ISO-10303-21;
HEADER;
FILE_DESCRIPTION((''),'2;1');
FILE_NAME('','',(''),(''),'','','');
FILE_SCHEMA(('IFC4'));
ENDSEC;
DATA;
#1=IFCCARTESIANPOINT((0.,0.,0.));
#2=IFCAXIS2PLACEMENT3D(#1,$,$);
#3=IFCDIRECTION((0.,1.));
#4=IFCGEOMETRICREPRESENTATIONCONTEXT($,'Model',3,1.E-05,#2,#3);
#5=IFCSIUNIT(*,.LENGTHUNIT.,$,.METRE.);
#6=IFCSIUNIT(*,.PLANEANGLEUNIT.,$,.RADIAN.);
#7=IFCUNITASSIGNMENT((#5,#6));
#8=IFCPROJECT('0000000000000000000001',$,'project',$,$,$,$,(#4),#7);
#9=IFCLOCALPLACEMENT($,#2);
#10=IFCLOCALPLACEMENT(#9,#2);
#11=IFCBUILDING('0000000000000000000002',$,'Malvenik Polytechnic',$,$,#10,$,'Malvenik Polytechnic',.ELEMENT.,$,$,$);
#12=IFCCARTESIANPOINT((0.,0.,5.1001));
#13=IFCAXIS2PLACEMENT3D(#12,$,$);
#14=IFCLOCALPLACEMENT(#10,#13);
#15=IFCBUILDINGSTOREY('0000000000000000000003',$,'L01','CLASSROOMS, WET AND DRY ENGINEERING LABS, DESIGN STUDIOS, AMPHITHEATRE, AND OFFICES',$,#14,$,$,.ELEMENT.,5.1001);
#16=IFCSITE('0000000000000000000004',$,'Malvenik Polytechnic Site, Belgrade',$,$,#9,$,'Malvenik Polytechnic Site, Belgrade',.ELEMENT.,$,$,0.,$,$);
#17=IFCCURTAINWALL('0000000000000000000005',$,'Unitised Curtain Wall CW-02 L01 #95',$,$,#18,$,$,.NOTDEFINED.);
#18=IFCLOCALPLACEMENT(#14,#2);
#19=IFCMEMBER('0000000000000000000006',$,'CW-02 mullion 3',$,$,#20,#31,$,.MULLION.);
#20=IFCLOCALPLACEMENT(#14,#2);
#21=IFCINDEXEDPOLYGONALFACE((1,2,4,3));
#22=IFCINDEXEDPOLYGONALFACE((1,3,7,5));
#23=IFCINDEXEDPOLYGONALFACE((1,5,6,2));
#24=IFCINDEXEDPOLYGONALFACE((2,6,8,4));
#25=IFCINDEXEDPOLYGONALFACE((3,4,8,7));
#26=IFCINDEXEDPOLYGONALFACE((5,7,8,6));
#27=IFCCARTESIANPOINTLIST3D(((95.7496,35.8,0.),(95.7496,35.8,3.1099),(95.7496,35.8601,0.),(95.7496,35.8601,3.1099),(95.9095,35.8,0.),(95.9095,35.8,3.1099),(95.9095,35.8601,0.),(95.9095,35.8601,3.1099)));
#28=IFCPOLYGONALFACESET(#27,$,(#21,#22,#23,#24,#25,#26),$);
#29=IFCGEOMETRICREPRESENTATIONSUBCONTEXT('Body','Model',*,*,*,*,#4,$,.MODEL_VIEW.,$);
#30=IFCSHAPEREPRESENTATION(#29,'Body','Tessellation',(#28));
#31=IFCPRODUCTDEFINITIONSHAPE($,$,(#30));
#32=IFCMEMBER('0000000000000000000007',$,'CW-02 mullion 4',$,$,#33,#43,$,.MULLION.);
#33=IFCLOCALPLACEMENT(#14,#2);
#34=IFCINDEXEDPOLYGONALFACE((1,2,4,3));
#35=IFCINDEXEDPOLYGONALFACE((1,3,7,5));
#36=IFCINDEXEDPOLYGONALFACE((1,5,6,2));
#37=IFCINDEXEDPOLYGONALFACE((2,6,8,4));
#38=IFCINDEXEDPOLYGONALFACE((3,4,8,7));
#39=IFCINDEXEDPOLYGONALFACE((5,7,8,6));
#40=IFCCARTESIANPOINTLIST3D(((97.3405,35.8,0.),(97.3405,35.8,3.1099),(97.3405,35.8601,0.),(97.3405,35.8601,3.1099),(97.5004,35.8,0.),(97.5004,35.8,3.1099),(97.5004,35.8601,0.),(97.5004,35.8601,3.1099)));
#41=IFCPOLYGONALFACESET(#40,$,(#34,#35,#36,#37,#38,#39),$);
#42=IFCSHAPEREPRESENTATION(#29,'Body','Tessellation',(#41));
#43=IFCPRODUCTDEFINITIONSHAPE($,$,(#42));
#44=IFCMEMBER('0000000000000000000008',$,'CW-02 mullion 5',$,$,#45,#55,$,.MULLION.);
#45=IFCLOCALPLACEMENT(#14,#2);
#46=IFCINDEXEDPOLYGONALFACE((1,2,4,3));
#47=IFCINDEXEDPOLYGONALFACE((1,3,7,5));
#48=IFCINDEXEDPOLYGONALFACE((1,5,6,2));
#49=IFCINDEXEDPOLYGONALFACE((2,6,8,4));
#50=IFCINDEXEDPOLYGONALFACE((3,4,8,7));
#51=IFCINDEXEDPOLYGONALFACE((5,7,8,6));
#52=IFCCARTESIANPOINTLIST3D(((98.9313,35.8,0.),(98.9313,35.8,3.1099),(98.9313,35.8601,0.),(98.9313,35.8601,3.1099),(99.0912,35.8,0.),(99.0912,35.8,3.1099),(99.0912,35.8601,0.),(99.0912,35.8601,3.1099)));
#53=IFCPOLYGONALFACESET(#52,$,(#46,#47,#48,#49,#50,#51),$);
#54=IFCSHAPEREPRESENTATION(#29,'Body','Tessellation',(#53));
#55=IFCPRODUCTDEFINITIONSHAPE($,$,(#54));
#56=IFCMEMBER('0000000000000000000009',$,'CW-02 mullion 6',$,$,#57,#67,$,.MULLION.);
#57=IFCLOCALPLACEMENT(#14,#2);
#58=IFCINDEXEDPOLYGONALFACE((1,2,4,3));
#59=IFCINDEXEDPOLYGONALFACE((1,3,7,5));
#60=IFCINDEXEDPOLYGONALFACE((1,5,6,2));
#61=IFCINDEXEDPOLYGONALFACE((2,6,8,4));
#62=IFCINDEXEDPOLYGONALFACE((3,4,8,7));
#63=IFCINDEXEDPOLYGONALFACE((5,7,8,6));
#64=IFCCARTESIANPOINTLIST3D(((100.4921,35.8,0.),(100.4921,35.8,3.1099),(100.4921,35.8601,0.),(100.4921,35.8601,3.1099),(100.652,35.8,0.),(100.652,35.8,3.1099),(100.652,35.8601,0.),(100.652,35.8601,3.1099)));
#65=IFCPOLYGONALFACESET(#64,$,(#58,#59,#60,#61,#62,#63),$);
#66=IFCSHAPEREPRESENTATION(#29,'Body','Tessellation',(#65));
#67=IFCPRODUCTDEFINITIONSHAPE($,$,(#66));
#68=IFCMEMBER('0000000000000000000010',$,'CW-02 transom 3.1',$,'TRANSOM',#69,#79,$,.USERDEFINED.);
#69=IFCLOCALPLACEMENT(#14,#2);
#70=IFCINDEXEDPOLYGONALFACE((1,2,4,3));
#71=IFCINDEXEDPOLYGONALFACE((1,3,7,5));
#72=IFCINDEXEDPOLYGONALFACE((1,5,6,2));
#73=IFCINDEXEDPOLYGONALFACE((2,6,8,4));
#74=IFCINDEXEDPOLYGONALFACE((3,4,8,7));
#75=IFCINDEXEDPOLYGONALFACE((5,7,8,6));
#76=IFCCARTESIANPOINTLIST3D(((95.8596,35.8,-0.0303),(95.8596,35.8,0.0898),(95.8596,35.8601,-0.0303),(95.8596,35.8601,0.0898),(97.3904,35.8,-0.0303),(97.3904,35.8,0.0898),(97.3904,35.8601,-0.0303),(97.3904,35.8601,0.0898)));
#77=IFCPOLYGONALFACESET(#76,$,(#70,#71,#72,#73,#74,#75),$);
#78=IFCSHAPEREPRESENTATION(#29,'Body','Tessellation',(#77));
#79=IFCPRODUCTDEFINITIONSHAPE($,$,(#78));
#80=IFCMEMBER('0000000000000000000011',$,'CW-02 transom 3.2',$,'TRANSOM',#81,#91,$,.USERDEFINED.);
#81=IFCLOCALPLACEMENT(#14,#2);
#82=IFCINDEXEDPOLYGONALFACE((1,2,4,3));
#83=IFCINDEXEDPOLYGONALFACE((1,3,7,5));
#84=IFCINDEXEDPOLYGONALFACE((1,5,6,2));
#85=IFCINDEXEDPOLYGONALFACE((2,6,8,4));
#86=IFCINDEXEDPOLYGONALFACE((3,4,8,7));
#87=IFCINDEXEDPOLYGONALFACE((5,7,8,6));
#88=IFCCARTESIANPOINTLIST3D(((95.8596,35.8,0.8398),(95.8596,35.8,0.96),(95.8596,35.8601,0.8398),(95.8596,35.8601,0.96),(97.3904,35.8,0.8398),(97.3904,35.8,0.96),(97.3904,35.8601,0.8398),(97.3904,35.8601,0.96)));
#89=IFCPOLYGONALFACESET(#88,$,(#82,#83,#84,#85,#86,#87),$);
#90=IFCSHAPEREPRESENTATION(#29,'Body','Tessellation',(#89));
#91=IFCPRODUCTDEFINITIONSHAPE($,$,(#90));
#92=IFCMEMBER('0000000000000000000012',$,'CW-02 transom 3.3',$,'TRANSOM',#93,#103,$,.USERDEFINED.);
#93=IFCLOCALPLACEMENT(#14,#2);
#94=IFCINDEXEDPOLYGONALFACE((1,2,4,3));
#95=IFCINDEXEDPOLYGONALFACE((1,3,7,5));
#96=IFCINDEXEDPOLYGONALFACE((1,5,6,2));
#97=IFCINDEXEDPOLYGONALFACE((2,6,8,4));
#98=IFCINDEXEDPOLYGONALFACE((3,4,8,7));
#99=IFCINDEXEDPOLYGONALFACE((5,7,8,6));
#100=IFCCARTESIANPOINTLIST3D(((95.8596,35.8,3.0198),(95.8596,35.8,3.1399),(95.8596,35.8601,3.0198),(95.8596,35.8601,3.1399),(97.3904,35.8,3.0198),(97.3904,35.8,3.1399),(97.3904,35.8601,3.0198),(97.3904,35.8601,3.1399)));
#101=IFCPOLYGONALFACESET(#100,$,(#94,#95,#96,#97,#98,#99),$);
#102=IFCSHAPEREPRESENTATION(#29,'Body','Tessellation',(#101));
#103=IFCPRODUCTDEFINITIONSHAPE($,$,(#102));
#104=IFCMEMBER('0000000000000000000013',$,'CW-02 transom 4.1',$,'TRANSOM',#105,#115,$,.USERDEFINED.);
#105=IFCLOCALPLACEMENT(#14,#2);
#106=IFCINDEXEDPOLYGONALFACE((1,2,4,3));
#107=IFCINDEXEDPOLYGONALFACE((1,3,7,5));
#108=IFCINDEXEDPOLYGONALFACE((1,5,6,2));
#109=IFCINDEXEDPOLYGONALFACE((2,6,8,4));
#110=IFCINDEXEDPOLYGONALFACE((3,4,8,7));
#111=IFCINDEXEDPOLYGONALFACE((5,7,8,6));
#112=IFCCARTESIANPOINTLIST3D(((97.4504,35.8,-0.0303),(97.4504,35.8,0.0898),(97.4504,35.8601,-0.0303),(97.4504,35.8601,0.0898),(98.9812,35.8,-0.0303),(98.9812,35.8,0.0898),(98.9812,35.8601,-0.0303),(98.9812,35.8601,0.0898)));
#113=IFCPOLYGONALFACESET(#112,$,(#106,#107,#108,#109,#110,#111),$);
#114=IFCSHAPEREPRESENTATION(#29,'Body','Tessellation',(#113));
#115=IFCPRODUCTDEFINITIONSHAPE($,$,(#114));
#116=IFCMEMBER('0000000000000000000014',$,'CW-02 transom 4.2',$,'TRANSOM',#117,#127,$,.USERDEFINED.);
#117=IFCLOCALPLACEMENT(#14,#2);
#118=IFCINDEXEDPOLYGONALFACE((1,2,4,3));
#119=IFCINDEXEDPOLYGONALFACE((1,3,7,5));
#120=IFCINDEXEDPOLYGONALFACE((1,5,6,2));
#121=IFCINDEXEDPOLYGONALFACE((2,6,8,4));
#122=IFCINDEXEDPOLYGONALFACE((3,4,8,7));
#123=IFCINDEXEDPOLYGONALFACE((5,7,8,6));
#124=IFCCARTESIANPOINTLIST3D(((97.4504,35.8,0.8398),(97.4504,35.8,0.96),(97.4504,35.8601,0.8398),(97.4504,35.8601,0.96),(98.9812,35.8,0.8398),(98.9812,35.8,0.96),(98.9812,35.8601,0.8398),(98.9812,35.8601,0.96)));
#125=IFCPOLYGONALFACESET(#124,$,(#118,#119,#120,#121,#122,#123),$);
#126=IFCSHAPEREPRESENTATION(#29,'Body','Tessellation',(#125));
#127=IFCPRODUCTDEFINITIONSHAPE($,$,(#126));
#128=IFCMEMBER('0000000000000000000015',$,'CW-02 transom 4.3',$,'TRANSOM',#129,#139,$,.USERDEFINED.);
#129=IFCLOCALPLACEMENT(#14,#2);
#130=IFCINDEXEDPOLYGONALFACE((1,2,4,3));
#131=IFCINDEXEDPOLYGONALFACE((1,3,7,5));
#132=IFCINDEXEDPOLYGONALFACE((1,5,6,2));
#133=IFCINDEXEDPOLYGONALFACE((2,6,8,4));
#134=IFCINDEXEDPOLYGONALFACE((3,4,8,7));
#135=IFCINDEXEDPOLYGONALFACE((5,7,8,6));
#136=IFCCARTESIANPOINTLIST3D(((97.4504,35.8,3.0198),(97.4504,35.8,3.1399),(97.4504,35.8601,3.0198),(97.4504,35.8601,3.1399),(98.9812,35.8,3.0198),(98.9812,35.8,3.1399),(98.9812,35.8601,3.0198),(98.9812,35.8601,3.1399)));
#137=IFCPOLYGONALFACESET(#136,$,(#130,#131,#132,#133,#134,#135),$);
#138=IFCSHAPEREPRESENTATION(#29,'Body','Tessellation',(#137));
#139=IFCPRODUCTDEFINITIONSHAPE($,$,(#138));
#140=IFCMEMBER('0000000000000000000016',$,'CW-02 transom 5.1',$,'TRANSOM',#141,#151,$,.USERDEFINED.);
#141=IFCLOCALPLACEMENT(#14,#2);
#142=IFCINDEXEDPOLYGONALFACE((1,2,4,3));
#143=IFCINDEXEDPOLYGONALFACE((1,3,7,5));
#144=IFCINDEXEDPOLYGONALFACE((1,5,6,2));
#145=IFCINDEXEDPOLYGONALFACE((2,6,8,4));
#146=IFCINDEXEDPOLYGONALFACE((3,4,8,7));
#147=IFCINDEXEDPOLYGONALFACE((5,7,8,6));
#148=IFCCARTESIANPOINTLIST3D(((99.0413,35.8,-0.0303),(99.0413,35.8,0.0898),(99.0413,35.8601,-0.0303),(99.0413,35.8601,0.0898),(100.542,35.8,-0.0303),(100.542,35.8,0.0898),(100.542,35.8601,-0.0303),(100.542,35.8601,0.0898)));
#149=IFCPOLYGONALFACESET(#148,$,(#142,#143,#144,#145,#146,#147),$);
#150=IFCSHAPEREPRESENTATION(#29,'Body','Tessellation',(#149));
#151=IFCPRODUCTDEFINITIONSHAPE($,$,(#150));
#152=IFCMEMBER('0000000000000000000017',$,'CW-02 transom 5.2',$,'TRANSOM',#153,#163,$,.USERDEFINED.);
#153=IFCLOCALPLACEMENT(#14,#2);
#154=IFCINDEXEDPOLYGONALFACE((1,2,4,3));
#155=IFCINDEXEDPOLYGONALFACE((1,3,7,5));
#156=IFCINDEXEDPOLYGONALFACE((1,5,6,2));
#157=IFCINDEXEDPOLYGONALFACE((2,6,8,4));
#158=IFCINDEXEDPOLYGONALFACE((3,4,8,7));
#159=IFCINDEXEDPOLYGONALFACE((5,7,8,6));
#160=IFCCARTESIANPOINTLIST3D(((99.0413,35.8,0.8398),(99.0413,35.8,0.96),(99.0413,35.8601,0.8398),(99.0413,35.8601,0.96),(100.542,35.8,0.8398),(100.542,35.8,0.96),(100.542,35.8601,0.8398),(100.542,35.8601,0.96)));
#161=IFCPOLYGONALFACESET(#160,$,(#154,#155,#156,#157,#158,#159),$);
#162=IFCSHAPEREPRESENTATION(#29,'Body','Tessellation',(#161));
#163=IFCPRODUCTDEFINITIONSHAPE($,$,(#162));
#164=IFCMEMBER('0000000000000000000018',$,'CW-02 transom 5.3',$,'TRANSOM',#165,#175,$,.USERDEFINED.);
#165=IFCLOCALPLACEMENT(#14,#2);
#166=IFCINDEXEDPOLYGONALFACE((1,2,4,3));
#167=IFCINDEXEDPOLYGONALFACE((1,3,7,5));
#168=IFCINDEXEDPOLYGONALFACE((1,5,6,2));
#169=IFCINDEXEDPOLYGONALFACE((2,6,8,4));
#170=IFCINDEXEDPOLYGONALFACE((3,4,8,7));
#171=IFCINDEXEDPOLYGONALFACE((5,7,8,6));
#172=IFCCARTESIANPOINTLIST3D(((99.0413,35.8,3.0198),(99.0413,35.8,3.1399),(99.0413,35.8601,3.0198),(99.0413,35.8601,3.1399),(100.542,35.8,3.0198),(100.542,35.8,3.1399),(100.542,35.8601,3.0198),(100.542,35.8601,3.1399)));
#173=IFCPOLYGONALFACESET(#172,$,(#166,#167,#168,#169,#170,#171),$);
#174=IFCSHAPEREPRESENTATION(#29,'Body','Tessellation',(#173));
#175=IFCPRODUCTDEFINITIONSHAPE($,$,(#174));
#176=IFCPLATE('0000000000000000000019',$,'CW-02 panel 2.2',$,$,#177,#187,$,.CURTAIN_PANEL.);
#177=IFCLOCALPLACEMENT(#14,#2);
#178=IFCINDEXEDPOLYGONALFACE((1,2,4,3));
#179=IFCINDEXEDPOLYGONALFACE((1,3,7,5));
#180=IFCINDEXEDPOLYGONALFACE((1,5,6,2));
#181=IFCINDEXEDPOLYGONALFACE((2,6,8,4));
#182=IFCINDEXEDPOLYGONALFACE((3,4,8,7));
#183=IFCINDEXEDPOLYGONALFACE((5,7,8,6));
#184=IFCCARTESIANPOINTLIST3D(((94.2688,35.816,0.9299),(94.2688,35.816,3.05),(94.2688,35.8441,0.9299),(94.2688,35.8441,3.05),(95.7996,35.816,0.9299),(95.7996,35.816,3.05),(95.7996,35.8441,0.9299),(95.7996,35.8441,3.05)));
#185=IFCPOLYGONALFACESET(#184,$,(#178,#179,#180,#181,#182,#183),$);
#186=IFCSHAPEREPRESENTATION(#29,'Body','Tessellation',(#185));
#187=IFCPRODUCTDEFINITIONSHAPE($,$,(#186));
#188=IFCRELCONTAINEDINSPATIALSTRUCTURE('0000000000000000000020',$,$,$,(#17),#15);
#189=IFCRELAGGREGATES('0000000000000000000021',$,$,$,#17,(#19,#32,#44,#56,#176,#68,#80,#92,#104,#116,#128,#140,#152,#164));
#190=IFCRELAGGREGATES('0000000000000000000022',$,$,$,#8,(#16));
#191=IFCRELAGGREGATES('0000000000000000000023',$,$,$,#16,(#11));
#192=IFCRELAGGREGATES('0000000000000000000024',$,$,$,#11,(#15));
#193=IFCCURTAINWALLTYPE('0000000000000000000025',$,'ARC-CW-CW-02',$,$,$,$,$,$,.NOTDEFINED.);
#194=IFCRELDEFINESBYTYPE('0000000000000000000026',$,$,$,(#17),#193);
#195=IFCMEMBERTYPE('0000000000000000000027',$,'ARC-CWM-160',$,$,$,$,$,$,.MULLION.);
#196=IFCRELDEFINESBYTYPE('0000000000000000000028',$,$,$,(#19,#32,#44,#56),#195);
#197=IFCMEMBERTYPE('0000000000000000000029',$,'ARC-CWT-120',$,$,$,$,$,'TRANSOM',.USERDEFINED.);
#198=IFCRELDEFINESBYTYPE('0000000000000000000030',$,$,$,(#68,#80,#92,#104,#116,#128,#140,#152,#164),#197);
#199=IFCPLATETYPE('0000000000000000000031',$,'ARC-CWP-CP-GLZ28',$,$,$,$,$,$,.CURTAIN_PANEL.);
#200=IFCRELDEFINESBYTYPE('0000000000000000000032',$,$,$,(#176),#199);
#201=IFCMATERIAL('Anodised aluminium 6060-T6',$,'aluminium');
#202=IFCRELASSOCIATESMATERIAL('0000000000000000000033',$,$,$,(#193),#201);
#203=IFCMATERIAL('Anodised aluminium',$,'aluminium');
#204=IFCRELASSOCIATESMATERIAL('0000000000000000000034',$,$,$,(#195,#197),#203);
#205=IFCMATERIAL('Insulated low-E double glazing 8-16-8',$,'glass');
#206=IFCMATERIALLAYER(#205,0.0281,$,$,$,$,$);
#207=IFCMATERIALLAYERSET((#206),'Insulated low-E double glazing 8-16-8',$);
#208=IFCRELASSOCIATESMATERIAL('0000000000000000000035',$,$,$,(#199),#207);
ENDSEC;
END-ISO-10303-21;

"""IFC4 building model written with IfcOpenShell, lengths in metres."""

from ifc_helpers import new_model, si_unit, direction, frame, origin, origin_2d, place, context, subcontext, project, spatial, rectangle, extrude, material, layer, layer_set, material_profile, profile_set, type_object, element, aggregate, save


model = new_model("IFC4")

# Units and contexts
model_context = context("Model", 3, precision=1e-05, world=origin(), true_north=direction((0.0, 1.0)))
body_context = subcontext(model_context, "Body", "Model", "MODEL_VIEW")
ifc_project = project(units=[si_unit("LENGTHUNIT", "METRE"), si_unit("PLANEANGLEUNIT", "RADIAN")], contexts=[model_context])

# Site, building, storey
site_placement = place(None, origin())
site = spatial("IfcSite", under=ifc_project, at=site_placement, Name="Malvenik Polytechnic Site, Belgrade", LongName="Malvenik Polytechnic Site, Belgrade", CompositionType="ELEMENT", RefElevation=0.0)
building_placement = place(site_placement, origin())
building = spatial("IfcBuilding", under=site, at=building_placement, Name="Malvenik Polytechnic", LongName="Malvenik Polytechnic", CompositionType="ELEMENT")
storey_placement = place(building_placement, frame((0.0, 0.0, 5.1001)))
storey = spatial("IfcBuildingStorey", under=building, at=storey_placement, Name="L01", Description="CLASSROOMS, WET AND DRY ENGINEERING LABS, DESIGN STUDIOS, AMPHITHEATRE, AND OFFICES", CompositionType="ELEMENT", Elevation=5.1001)

# Curtain wall, members, plate
ifc_material_1 = material(Name="Anodised aluminium 6060-T6", Category="aluminium")
curtain_wall_type = type_object("IfcCurtainWallType", Name="ARC-CW-CW-02", PredefinedType="NOTDEFINED", material=ifc_material_1)
curtain_wall_placement = place(storey_placement, origin())
curtain_wall = element("IfcCurtainWall", 1, at=curtain_wall_placement, inside=storey, type_object=curtain_wall_type, Name="Unitised Curtain Wall CW-02 L01 #95", PredefinedType="NOTDEFINED")
ifc_material_2 = material(Name="Anodised aluminium", Category="aluminium")
ifc_material_profile_1 = material_profile(ifc_material_2, rectangle(XDim=0.0601, YDim=0.1599, at=origin_2d()), Name="ALU MULLION 60x160")
ifc_profile_set_1 = profile_set([ifc_material_profile_1], Name="Anodised aluminium")
member_type_1 = type_object("IfcMemberType", Name="ARC-CWM-160", PredefinedType="MULLION", material=ifc_profile_set_1)
member_1_placement = place(storey_placement, frame((95.8296, 35.8301, 0.0), z_axis=(0.0, 0.0, 1.0), x_axis=(0.0, 1.0, 0.0)))
member_1 = element("IfcMember", 2, at=member_1_placement, type_object=member_type_1, Name="CW-02 mullion 3", PredefinedType="MULLION", context=body_context, shape_type="SweptSolid", body=[
    extrude(rectangle(XDim=0.0601, YDim=0.1599, at=origin_2d()), origin(), (0.0, 0.0, 1.0), 3.1099),
])
member_2_placement = place(storey_placement, frame((97.4204, 35.8301, 0.0), z_axis=(0.0, 0.0, 1.0), x_axis=(0.0, 1.0, 0.0)))
member_2 = element("IfcMember", 3, at=member_2_placement, type_object=member_type_1, Name="CW-02 mullion 4", PredefinedType="MULLION", context=body_context, shape_type="SweptSolid", body=[
    extrude(rectangle(XDim=0.0601, YDim=0.1599, at=origin_2d()), origin(), (0.0, 0.0, 1.0), 3.1099),
])
member_3_placement = place(storey_placement, frame((99.0112, 35.8301, 0.0), z_axis=(0.0, 0.0, 1.0), x_axis=(0.0, 1.0, 0.0)))
member_3 = element("IfcMember", 4, at=member_3_placement, type_object=member_type_1, Name="CW-02 mullion 5", PredefinedType="MULLION", context=body_context, shape_type="SweptSolid", body=[
    extrude(rectangle(XDim=0.0601, YDim=0.1599, at=origin_2d()), origin(), (0.0, 0.0, 1.0), 3.1099),
])
member_4_placement = place(storey_placement, frame((100.572, 35.8301, 0.0), z_axis=(0.0, 0.0, 1.0), x_axis=(0.0, 1.0, 0.0)))
member_4 = element("IfcMember", 5, at=member_4_placement, type_object=member_type_1, Name="CW-02 mullion 6", PredefinedType="MULLION", context=body_context, shape_type="SweptSolid", body=[
    extrude(rectangle(XDim=0.0601, YDim=0.1599, at=origin_2d()), origin(), (0.0, 0.0, 1.0), 3.1099),
])
ifc_material_profile_2 = material_profile(ifc_material_2, rectangle(XDim=0.0601, YDim=0.1201, at=origin_2d()), Name="ALU TRANSOM 60x120")
ifc_profile_set_2 = profile_set([ifc_material_profile_2], Name="Anodised aluminium")
member_type_2 = type_object("IfcMemberType", Name="ARC-CWT-120", ElementType="TRANSOM", PredefinedType="USERDEFINED", material=ifc_profile_set_2)
member_5_placement = place(storey_placement, frame((95.8596, 35.8301, 0.0298), z_axis=(1.0, 0.0, 0.0), x_axis=(0.0, 1.0, 0.0)))
member_5 = element("IfcMember", 6, at=member_5_placement, type_object=member_type_2, Name="CW-02 transom 3.1", ObjectType="TRANSOM", PredefinedType="USERDEFINED", context=body_context, shape_type="SweptSolid", body=[
    extrude(rectangle(XDim=0.0601, YDim=0.1201, at=origin_2d()), origin(), (0.0, 0.0, 1.0), 1.5308),
])
member_6_placement = place(storey_placement, frame((95.8596, 35.8301, 0.8999), z_axis=(1.0, 0.0, 0.0), x_axis=(0.0, 1.0, 0.0)))
member_6 = element("IfcMember", 7, at=member_6_placement, type_object=member_type_2, Name="CW-02 transom 3.2", ObjectType="TRANSOM", PredefinedType="USERDEFINED", context=body_context, shape_type="SweptSolid", body=[
    extrude(rectangle(XDim=0.0601, YDim=0.1201, at=origin_2d()), origin(), (0.0, 0.0, 1.0), 1.5308),
])
member_7_placement = place(storey_placement, frame((95.8596, 35.8301, 3.0798), z_axis=(1.0, 0.0, 0.0), x_axis=(0.0, 1.0, 0.0)))
member_7 = element("IfcMember", 8, at=member_7_placement, type_object=member_type_2, Name="CW-02 transom 3.3", ObjectType="TRANSOM", PredefinedType="USERDEFINED", context=body_context, shape_type="SweptSolid", body=[
    extrude(rectangle(XDim=0.0601, YDim=0.1201, at=origin_2d()), origin(), (0.0, 0.0, 1.0), 1.5308),
])
member_8_placement = place(storey_placement, frame((97.4504, 35.8301, 0.0298), z_axis=(1.0, 0.0, 0.0), x_axis=(0.0, 1.0, 0.0)))
member_8 = element("IfcMember", 9, at=member_8_placement, type_object=member_type_2, Name="CW-02 transom 4.1", ObjectType="TRANSOM", PredefinedType="USERDEFINED", context=body_context, shape_type="SweptSolid", body=[
    extrude(rectangle(XDim=0.0601, YDim=0.1201, at=origin_2d()), origin(), (0.0, 0.0, 1.0), 1.5308),
])
member_9_placement = place(storey_placement, frame((97.4504, 35.8301, 0.8999), z_axis=(1.0, 0.0, 0.0), x_axis=(0.0, 1.0, 0.0)))
member_9 = element("IfcMember", 10, at=member_9_placement, type_object=member_type_2, Name="CW-02 transom 4.2", ObjectType="TRANSOM", PredefinedType="USERDEFINED", context=body_context, shape_type="SweptSolid", body=[
    extrude(rectangle(XDim=0.0601, YDim=0.1201, at=origin_2d()), origin(), (0.0, 0.0, 1.0), 1.5308),
])
member_10_placement = place(storey_placement, frame((97.4504, 35.8301, 3.0798), z_axis=(1.0, 0.0, 0.0), x_axis=(0.0, 1.0, 0.0)))
member_10 = element("IfcMember", 11, at=member_10_placement, type_object=member_type_2, Name="CW-02 transom 4.3", ObjectType="TRANSOM", PredefinedType="USERDEFINED", context=body_context, shape_type="SweptSolid", body=[
    extrude(rectangle(XDim=0.0601, YDim=0.1201, at=origin_2d()), origin(), (0.0, 0.0, 1.0), 1.5308),
])
member_11_placement = place(storey_placement, frame((99.0413, 35.8301, 0.0298), z_axis=(1.0, 0.0, 0.0), x_axis=(0.0, 1.0, 0.0)))
member_11 = element("IfcMember", 12, at=member_11_placement, type_object=member_type_2, Name="CW-02 transom 5.1", ObjectType="TRANSOM", PredefinedType="USERDEFINED", context=body_context, shape_type="SweptSolid", body=[
    extrude(rectangle(XDim=0.0601, YDim=0.1201, at=origin_2d()), origin(), (0.0, 0.0, 1.0), 1.5007),
])
member_12_placement = place(storey_placement, frame((99.0413, 35.8301, 0.8999), z_axis=(1.0, 0.0, 0.0), x_axis=(0.0, 1.0, 0.0)))
member_12 = element("IfcMember", 13, at=member_12_placement, type_object=member_type_2, Name="CW-02 transom 5.2", ObjectType="TRANSOM", PredefinedType="USERDEFINED", context=body_context, shape_type="SweptSolid", body=[
    extrude(rectangle(XDim=0.0601, YDim=0.1201, at=origin_2d()), origin(), (0.0, 0.0, 1.0), 1.5007),
])
member_13_placement = place(storey_placement, frame((99.0413, 35.8301, 3.0798), z_axis=(1.0, 0.0, 0.0), x_axis=(0.0, 1.0, 0.0)))
member_13 = element("IfcMember", 14, at=member_13_placement, type_object=member_type_2, Name="CW-02 transom 5.3", ObjectType="TRANSOM", PredefinedType="USERDEFINED", context=body_context, shape_type="SweptSolid", body=[
    extrude(rectangle(XDim=0.0601, YDim=0.1201, at=origin_2d()), origin(), (0.0, 0.0, 1.0), 1.5007),
])
ifc_material_3 = material(Name="Insulated low-E double glazing 8-16-8", Category="glass")
ifc_layer_1 = layer(ifc_material_3, 0.0281)
ifc_layer_set_1 = layer_set([ifc_layer_1], Name="Insulated low-E double glazing 8-16-8")
plate_type_1 = type_object("IfcPlateType", Name="ARC-CWP-CP-GLZ28", PredefinedType="CURTAIN_PANEL", material=ifc_layer_set_1)
plate_1_placement = place(storey_placement, frame((95.0342, 35.8301, 0.9299), z_axis=(0.0, 0.0, 1.0), x_axis=(1.0, 0.0, 0.0)))
plate_1 = element("IfcPlate", 15, at=plate_1_placement, type_object=plate_type_1, Name="CW-02 panel 2.2", PredefinedType="CURTAIN_PANEL", context=body_context, shape_type="SweptSolid", body=[
    extrude(rectangle(XDim=1.5308, YDim=0.0281, at=origin_2d()), origin(), (0.0, 0.0, 1.0), 2.1201),
])
aggregate(curtain_wall, [member_1, member_2, member_3, member_4, plate_1, member_5, member_6, member_7, member_8, member_9, member_10, member_11, member_12, member_13])

save(model, "model.ifc")
